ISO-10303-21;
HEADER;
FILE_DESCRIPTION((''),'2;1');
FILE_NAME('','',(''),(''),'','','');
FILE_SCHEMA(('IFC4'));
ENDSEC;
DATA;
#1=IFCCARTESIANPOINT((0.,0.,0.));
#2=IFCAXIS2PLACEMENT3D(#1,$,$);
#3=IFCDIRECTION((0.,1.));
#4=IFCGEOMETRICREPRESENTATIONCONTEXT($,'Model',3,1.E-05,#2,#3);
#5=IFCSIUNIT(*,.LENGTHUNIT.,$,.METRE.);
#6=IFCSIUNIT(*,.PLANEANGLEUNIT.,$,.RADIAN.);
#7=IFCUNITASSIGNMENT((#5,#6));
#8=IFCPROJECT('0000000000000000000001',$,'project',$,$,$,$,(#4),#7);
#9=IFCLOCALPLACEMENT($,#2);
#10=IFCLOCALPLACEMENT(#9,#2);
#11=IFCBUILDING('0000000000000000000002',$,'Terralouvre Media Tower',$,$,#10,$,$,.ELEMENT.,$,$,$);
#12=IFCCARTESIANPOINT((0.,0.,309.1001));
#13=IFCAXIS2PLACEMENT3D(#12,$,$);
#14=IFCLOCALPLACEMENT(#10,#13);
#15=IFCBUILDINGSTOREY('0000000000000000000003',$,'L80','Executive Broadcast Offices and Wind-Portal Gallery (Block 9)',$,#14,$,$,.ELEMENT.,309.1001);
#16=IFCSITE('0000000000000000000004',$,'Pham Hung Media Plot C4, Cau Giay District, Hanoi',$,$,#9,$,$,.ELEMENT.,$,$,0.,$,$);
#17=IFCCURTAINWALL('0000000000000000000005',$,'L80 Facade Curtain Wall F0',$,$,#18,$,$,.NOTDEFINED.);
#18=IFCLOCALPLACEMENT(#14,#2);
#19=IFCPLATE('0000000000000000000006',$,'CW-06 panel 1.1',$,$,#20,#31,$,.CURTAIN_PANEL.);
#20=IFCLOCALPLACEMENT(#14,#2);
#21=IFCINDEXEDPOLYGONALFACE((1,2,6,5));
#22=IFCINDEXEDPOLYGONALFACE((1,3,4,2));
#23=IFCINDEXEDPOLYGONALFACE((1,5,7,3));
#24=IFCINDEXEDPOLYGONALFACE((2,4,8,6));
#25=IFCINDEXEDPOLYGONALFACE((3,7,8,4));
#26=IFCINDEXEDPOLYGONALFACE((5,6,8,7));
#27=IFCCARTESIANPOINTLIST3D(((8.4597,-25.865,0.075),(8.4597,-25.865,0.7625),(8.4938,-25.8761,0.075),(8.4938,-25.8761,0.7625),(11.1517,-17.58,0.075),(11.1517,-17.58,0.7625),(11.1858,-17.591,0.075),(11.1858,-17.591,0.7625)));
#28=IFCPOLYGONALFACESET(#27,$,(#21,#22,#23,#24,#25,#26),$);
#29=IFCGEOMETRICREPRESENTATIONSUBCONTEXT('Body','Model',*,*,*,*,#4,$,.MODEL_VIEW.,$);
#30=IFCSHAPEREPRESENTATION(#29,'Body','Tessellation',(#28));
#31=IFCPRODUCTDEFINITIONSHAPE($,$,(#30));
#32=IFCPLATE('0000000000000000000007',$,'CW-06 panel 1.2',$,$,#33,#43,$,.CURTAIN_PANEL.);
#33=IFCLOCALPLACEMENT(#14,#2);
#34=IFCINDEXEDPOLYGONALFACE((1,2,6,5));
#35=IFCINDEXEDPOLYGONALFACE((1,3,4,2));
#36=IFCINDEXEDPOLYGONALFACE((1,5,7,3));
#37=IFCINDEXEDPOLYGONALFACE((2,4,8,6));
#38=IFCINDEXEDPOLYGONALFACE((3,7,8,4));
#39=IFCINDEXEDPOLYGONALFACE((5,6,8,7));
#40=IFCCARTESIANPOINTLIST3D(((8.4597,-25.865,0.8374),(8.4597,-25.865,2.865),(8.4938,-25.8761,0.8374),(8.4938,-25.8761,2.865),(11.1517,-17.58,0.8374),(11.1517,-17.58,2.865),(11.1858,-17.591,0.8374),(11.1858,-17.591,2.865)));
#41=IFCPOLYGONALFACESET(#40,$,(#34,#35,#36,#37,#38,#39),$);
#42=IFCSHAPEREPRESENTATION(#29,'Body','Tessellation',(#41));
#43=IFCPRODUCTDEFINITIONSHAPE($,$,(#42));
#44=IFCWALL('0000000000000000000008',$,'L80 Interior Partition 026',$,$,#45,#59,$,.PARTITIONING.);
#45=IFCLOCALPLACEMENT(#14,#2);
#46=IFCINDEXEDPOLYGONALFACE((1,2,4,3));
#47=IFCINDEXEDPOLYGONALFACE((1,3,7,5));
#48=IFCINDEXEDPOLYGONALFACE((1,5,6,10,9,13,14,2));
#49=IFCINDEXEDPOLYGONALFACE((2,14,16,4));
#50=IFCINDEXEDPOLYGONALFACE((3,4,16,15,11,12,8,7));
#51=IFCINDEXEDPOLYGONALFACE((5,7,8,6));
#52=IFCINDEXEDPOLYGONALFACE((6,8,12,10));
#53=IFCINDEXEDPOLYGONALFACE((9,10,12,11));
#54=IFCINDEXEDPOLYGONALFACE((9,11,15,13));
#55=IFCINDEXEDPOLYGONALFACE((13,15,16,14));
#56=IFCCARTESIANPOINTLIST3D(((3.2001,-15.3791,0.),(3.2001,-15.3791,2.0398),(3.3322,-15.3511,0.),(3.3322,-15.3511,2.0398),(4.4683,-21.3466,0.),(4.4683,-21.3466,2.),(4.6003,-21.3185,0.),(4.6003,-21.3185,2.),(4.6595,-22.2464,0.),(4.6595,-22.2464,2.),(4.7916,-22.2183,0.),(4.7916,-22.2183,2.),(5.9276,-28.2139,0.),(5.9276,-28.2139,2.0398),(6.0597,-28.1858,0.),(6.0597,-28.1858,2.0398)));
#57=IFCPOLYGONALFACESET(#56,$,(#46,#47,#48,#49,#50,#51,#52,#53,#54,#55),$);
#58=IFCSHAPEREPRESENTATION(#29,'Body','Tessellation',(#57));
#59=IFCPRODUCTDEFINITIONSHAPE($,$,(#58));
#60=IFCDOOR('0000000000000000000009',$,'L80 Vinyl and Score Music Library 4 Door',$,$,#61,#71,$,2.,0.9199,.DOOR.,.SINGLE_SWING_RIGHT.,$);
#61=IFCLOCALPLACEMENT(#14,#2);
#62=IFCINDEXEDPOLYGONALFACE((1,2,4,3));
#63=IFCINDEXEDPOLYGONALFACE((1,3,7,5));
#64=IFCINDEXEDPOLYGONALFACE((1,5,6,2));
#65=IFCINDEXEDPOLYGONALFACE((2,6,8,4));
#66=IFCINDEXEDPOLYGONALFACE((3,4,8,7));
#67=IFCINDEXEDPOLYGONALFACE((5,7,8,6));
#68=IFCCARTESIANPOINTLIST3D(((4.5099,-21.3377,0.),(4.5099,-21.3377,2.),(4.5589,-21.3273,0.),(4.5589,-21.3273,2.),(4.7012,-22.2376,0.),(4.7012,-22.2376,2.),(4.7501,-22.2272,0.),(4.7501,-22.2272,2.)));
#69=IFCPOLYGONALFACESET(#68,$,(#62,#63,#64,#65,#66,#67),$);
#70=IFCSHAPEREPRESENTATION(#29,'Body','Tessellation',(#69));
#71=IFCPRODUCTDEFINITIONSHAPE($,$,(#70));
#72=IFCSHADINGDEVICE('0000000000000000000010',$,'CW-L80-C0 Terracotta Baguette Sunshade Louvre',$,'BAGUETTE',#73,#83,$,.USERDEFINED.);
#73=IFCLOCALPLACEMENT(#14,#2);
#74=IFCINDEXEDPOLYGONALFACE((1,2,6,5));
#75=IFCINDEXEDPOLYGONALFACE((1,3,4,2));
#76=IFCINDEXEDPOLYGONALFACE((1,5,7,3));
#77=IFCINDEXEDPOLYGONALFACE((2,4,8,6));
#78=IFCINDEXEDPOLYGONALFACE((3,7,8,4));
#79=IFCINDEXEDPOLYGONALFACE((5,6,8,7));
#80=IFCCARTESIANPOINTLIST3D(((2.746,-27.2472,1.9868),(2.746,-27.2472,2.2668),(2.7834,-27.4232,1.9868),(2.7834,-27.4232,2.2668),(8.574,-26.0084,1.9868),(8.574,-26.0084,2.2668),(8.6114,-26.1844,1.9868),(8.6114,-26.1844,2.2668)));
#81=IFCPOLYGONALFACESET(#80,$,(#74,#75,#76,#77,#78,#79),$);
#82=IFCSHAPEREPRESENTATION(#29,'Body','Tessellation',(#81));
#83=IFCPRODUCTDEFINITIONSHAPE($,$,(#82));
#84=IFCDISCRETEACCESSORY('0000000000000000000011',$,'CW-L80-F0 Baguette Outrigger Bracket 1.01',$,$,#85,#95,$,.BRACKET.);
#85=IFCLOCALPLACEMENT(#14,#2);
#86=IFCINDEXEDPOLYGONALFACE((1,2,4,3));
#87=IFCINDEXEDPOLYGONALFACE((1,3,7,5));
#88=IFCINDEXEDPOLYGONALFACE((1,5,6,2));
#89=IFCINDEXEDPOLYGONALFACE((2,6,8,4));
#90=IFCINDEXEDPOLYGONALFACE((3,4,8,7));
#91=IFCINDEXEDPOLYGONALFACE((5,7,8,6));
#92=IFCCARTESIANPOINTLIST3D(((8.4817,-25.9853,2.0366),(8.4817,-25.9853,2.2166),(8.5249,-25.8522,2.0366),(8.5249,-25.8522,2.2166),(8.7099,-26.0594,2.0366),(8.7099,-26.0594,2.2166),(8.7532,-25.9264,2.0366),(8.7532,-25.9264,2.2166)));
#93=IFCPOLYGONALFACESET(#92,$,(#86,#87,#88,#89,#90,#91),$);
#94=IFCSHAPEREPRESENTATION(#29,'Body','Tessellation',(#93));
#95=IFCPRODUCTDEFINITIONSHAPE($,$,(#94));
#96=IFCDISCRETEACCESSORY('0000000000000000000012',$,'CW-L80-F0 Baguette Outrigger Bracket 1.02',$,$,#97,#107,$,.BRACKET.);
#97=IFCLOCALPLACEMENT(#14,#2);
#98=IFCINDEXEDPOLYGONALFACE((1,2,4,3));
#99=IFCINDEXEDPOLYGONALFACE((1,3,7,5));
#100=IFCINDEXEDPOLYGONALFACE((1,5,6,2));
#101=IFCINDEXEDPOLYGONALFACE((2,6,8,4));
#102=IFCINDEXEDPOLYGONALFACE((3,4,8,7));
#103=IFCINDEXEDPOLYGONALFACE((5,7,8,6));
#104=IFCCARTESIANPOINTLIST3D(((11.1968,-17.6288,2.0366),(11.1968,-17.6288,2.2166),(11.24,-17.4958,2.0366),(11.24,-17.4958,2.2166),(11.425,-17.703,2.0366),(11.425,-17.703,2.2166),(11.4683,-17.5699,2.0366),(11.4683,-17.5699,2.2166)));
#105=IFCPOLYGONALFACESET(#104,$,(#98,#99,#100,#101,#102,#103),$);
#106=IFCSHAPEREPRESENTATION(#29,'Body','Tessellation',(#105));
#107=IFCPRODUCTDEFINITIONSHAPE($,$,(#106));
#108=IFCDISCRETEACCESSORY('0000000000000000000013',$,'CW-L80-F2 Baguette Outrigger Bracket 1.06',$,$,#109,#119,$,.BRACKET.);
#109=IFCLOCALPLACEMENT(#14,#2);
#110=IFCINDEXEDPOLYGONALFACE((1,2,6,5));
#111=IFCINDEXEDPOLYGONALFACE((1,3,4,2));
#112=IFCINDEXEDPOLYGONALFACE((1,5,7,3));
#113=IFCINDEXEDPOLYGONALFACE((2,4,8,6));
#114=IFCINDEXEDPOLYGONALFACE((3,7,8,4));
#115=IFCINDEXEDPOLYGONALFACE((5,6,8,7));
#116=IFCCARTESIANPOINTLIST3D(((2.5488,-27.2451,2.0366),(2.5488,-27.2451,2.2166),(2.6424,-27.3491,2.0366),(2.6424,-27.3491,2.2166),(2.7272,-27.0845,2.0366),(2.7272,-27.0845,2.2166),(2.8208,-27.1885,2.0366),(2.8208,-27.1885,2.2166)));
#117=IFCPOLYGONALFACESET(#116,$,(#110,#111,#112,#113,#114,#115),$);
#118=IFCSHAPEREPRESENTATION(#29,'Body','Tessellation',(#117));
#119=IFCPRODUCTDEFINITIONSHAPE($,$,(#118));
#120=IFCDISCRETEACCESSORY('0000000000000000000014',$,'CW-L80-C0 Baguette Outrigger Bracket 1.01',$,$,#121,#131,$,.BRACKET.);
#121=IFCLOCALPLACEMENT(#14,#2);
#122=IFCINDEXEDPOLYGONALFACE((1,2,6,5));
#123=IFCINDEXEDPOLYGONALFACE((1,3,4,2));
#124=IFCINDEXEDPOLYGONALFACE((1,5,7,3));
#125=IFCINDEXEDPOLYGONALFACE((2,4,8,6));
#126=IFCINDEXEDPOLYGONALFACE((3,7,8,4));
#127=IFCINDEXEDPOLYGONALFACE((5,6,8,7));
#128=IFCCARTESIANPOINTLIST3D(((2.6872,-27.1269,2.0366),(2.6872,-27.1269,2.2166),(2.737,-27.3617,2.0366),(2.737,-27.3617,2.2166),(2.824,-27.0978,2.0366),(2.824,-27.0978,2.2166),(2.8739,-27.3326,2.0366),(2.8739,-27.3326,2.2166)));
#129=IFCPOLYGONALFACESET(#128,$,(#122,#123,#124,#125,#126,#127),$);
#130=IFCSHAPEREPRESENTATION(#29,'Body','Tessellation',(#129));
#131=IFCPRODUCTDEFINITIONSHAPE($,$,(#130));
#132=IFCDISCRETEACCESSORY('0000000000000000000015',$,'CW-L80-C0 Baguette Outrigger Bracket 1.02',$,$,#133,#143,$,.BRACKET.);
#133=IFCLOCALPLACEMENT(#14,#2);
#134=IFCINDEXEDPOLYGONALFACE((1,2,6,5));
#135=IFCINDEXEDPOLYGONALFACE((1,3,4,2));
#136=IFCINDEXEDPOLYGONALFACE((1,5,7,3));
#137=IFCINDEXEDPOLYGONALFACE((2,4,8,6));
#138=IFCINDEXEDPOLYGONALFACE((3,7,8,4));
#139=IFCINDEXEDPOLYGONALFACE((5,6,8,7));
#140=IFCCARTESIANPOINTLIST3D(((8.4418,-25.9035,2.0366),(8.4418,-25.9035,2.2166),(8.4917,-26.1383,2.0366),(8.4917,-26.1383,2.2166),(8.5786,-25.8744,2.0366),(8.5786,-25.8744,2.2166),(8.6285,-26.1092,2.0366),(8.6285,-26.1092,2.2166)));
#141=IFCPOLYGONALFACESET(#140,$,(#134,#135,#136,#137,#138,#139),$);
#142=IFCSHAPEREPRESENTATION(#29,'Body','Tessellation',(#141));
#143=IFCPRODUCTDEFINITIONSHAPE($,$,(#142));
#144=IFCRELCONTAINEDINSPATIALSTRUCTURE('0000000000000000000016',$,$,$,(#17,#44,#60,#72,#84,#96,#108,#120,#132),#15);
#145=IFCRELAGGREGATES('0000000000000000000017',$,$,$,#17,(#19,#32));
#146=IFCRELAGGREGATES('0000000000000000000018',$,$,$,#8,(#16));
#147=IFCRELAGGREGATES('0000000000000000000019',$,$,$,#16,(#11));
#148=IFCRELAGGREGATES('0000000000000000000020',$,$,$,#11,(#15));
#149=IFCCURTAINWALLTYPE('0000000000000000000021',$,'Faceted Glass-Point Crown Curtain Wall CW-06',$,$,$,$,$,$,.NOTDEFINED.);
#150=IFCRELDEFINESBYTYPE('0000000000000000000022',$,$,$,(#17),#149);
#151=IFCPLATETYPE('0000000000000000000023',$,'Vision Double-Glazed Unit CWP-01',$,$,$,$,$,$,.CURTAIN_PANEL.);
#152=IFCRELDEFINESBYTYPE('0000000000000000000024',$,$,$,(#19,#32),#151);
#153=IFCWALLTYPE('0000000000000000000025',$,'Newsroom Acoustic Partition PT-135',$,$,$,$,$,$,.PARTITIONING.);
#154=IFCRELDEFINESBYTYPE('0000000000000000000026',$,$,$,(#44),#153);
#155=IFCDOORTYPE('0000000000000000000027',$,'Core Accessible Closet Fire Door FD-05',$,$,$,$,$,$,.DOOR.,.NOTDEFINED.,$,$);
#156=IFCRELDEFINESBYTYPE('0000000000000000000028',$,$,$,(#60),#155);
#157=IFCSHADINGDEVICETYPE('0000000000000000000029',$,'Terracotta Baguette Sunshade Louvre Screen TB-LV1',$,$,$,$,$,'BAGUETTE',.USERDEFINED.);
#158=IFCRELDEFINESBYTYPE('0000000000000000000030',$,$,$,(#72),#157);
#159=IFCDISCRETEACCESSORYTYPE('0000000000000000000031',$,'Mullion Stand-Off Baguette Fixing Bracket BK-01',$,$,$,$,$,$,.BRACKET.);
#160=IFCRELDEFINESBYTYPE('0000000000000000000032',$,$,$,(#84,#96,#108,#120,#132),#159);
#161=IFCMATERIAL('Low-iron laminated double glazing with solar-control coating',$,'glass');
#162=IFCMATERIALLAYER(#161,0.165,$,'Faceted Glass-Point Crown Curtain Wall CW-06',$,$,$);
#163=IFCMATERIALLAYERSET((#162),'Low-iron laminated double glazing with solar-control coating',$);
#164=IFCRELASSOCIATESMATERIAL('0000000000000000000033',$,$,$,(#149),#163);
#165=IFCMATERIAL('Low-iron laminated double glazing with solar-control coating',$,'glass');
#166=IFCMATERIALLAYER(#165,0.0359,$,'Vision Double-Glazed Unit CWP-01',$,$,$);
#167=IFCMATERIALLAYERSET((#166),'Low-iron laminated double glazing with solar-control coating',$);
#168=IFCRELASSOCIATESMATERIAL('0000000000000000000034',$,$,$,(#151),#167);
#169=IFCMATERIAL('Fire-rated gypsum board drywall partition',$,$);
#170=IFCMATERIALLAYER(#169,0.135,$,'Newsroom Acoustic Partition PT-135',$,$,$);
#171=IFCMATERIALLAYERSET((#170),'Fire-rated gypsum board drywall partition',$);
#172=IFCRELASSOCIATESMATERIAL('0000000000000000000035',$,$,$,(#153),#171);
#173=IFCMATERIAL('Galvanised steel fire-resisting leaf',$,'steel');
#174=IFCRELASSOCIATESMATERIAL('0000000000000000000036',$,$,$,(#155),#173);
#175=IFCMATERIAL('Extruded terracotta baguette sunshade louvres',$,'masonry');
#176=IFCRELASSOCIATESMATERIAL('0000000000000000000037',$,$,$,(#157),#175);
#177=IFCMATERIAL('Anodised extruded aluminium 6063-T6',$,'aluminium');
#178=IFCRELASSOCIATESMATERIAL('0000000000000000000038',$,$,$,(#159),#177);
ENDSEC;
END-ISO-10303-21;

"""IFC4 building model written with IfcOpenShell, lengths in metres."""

from ifc_helpers import new_model, si_unit, direction, frame, frame_2d, origin, origin_2d, place, context, subcontext, project, spatial, rectangle, extrude, material, layer, layer_set, type_object, element, fill, aggregate, save


model = new_model("IFC4")

# Units and contexts
model_context = context("Model", 3, precision=1e-05, world=origin(), true_north=direction((0.0, 1.0)))
body_context = subcontext(model_context, "Body", "Model", "MODEL_VIEW")
ifc_project = project(units=[si_unit("LENGTHUNIT", "METRE"), si_unit("PLANEANGLEUNIT", "RADIAN")], contexts=[model_context])

# Site, building, storey
site_placement = place(None, origin())
site = spatial("IfcSite", under=ifc_project, at=site_placement, Name="Pham Hung Media Plot C4, Cau Giay District, Hanoi", CompositionType="ELEMENT", RefElevation=0.0)
building_placement = place(site_placement, origin())
building = spatial("IfcBuilding", under=site, at=building_placement, Name="Terralouvre Media Tower", CompositionType="ELEMENT")
storey_placement = place(building_placement, frame((0.0, 0.0, 309.1001)))
storey = spatial("IfcBuildingStorey", under=building, at=storey_placement, Name="L80", Description="Executive Broadcast Offices and Wind-Portal Gallery (Block 9)", CompositionType="ELEMENT", Elevation=309.1001)

# Curtain wall
ifc_material_1 = material(Name="Low-iron laminated double glazing with solar-control coating", Category="glass")
ifc_layer_1 = layer(ifc_material_1, 0.165, Name="Faceted Glass-Point Crown Curtain Wall CW-06")
ifc_layer_set_1 = layer_set([ifc_layer_1], Name="Low-iron laminated double glazing with solar-control coating")
curtain_wall_type_1 = type_object("IfcCurtainWallType", Name="Faceted Glass-Point Crown Curtain Wall CW-06", PredefinedType="NOTDEFINED", material=ifc_layer_set_1)
curtain_wall_1_placement = place(storey_placement, origin())
curtain_wall_1 = element("IfcCurtainWall", 1, at=curtain_wall_1_placement, inside=storey, type_object=curtain_wall_type_1, Name="L80 Facade Curtain Wall F0", PredefinedType="NOTDEFINED")

# Plates
ifc_material_2 = material(Name="Low-iron laminated double glazing with solar-control coating", Category="glass")
ifc_layer_2 = layer(ifc_material_2, 0.0359, Name="Vision Double-Glazed Unit CWP-01")
ifc_layer_set_2 = layer_set([ifc_layer_2], Name="Low-iron laminated double glazing with solar-control coating")
plate_type_1 = type_object("IfcPlateType", Name="Vision Double-Glazed Unit CWP-01", PredefinedType="CURTAIN_PANEL", material=ifc_layer_set_2)
plate_1_placement = place(storey_placement, frame((9.8228, -21.728, 0.075), z_axis=(0.0, 0.0, 1.0), x_axis=(0.309017, 0.951057, 0.0)))
plate_1 = element("IfcPlate", 2, at=plate_1_placement, type_object=plate_type_1, Name="CW-06 panel 1.1", PredefinedType="CURTAIN_PANEL", context=body_context, shape_type="SweptSolid", body=[
    extrude(rectangle(XDim=8.7114, YDim=0.0359, at=origin_2d()), origin(), (0.0, 0.0, 1.0), 0.6875),
])
plate_2_placement = place(storey_placement, frame((9.8228, -21.728, 0.8374), z_axis=(0.0, 0.0, 1.0), x_axis=(0.309017, 0.951057, 0.0)))
plate_2 = element("IfcPlate", 3, at=plate_2_placement, type_object=plate_type_1, Name="CW-06 panel 1.2", PredefinedType="CURTAIN_PANEL", context=body_context, shape_type="SweptSolid", body=[
    extrude(rectangle(XDim=8.7114, YDim=0.0359, at=origin_2d()), origin(), (0.0, 0.0, 1.0), 2.0276),
])
aggregate(curtain_wall_1, [plate_1, plate_2])

# Wall, opening, door
ifc_material_3 = material(Name="Fire-rated gypsum board drywall partition")
ifc_layer_3 = layer(ifc_material_3, 0.135, Name="Newsroom Acoustic Partition PT-135")
ifc_layer_set_3 = layer_set([ifc_layer_3], Name="Fire-rated gypsum board drywall partition")
wall_type = type_object("IfcWallType", Name="Newsroom Acoustic Partition PT-135", PredefinedType="PARTITIONING", material=ifc_layer_set_3)
wall_placement = place(storey_placement, frame((5.9937, -28.1997, 0.0), z_axis=(0.0, 0.0, 1.0), x_axis=(-0.207871, 0.978156, 0.0)))
wall = element("IfcWall", 4, at=wall_placement, inside=storey, type_object=wall_type, Name="L80 Interior Partition 026", PredefinedType="PARTITIONING", context=body_context, shape_type="SweptSolid", body=[
    extrude(rectangle(XDim=13.1213, YDim=0.135, at=frame_2d((6.5605, 0.0))), origin(), (0.0, 0.0, 1.0), 2.0398),
])
opening_placement = place(wall_placement, frame((6.1006, 0.0, 0.0)))
opening = element("IfcOpeningElement", 5, at=opening_placement, cuts=wall, PredefinedType="OPENING", context=body_context, shape_type="SweptSolid", body=[
    extrude(rectangle(XDim=0.9199, YDim=2.0, at=frame_2d((0.46, 1.0))), frame((0.0, 0.0774, 0.0), z_axis=(0.0, -1.0, 0.0), x_axis=(1.0, 0.0, 0.0)), (0.0, 0.0, 1.0), 0.155),
])
ifc_material_4 = material(Name="Galvanised steel fire-resisting leaf", Category="steel")
door_type = type_object("IfcDoorType", Name="Core Accessible Closet Fire Door FD-05", OperationType="NOTDEFINED", PredefinedType="DOOR", material=ifc_material_4)
door_placement = place(opening_placement, origin())
door = element("IfcDoor", 6, at=door_placement, inside=storey, type_object=door_type, Name="L80 Vinyl and Score Music Library 4 Door", OperationType="SINGLE_SWING_RIGHT", OverallHeight=2.0, OverallWidth=0.9199, PredefinedType="DOOR", context=body_context, shape_type="SweptSolid", body=[
    extrude(rectangle(XDim=0.9199, YDim=2.0, at=frame_2d((0.46, 1.0))), frame((0.0, 0.0249, 0.0), z_axis=(0.0, -1.0, 0.0), x_axis=(1.0, 0.0, 0.0)), (0.0, 0.0, 1.0), 0.05),
])
fill(opening, door)

# Shading device
ifc_material_5 = material(Name="Extruded terracotta baguette sunshade louvres", Category="masonry")
shading_device_type = type_object("IfcShadingDeviceType", Name="Terracotta Baguette Sunshade Louvre Screen TB-LV1", ElementType="BAGUETTE", PredefinedType="USERDEFINED", material=ifc_material_5)
shading_device_placement = place(storey_placement, frame((5.6787, -26.7158, 1.9868), z_axis=(0.0, 0.0, 1.0), x_axis=(0.978148, 0.207912, 0.0)))
element("IfcShadingDevice", 7, at=shading_device_placement, inside=storey, type_object=shading_device_type, Name="CW-L80-C0 Terracotta Baguette Sunshade Louvre", ObjectType="BAGUETTE", PredefinedType="USERDEFINED", context=body_context, shape_type="SweptSolid", body=[
    extrude(rectangle(XDim=5.9583, YDim=0.1799, at=origin_2d()), origin(), (0.0, 0.0, 1.0), 0.28),
])

# Discrete accessories
ifc_material_6 = material(Name="Anodised extruded aluminium 6063-T6", Category="aluminium")
discrete_accessory_type = type_object("IfcDiscreteAccessoryType", Name="Mullion Stand-Off Baguette Fixing Bracket BK-01", PredefinedType="BRACKET", material=ifc_material_6)
for number, where, z_axis, x_axis, name in (
    (8, (8.6174, -25.9558, 2.0366), (0.0, 0.0, 1.0), (0.309017, 0.951057, 0.0), "CW-L80-F0 Baguette Outrigger Bracket 1.01"),
    (9, (11.3325, -17.5994, 2.0366), (0.0, 0.0, 1.0), (0.309017, 0.951057, 0.0), "CW-L80-F0 Baguette Outrigger Bracket 1.02"),
    (10, (2.6848, -27.2168, 2.0366), (0.0, 0.0, 1.0), (0.669131, -0.743145, 0.0), "CW-L80-F2 Baguette Outrigger Bracket 1.06"),
    (11, (2.7805, -27.2297, 2.0366), (0.0, 0.0, 1.0), (0.978148, 0.207912, 0.0), "CW-L80-C0 Baguette Outrigger Bracket 1.01"),
    (12, (8.5352, -26.0063, 2.0366), (0.0, 0.0, 1.0), (0.978148, 0.207912, 0.0), "CW-L80-C0 Baguette Outrigger Bracket 1.02"),
):
    element("IfcDiscreteAccessory", number, at=place(storey_placement, frame(where, z_axis=z_axis, x_axis=x_axis)), inside=storey, type_object=discrete_accessory_type, Name=name, PredefinedType="BRACKET", context=body_context, shape_type="SweptSolid", body=[
        extrude(rectangle(XDim=0.1399, YDim=0.24, at=origin_2d()), origin(), (0.0, 0.0, 1.0), 0.1799),
    ])

save(model, "model.ifc")
